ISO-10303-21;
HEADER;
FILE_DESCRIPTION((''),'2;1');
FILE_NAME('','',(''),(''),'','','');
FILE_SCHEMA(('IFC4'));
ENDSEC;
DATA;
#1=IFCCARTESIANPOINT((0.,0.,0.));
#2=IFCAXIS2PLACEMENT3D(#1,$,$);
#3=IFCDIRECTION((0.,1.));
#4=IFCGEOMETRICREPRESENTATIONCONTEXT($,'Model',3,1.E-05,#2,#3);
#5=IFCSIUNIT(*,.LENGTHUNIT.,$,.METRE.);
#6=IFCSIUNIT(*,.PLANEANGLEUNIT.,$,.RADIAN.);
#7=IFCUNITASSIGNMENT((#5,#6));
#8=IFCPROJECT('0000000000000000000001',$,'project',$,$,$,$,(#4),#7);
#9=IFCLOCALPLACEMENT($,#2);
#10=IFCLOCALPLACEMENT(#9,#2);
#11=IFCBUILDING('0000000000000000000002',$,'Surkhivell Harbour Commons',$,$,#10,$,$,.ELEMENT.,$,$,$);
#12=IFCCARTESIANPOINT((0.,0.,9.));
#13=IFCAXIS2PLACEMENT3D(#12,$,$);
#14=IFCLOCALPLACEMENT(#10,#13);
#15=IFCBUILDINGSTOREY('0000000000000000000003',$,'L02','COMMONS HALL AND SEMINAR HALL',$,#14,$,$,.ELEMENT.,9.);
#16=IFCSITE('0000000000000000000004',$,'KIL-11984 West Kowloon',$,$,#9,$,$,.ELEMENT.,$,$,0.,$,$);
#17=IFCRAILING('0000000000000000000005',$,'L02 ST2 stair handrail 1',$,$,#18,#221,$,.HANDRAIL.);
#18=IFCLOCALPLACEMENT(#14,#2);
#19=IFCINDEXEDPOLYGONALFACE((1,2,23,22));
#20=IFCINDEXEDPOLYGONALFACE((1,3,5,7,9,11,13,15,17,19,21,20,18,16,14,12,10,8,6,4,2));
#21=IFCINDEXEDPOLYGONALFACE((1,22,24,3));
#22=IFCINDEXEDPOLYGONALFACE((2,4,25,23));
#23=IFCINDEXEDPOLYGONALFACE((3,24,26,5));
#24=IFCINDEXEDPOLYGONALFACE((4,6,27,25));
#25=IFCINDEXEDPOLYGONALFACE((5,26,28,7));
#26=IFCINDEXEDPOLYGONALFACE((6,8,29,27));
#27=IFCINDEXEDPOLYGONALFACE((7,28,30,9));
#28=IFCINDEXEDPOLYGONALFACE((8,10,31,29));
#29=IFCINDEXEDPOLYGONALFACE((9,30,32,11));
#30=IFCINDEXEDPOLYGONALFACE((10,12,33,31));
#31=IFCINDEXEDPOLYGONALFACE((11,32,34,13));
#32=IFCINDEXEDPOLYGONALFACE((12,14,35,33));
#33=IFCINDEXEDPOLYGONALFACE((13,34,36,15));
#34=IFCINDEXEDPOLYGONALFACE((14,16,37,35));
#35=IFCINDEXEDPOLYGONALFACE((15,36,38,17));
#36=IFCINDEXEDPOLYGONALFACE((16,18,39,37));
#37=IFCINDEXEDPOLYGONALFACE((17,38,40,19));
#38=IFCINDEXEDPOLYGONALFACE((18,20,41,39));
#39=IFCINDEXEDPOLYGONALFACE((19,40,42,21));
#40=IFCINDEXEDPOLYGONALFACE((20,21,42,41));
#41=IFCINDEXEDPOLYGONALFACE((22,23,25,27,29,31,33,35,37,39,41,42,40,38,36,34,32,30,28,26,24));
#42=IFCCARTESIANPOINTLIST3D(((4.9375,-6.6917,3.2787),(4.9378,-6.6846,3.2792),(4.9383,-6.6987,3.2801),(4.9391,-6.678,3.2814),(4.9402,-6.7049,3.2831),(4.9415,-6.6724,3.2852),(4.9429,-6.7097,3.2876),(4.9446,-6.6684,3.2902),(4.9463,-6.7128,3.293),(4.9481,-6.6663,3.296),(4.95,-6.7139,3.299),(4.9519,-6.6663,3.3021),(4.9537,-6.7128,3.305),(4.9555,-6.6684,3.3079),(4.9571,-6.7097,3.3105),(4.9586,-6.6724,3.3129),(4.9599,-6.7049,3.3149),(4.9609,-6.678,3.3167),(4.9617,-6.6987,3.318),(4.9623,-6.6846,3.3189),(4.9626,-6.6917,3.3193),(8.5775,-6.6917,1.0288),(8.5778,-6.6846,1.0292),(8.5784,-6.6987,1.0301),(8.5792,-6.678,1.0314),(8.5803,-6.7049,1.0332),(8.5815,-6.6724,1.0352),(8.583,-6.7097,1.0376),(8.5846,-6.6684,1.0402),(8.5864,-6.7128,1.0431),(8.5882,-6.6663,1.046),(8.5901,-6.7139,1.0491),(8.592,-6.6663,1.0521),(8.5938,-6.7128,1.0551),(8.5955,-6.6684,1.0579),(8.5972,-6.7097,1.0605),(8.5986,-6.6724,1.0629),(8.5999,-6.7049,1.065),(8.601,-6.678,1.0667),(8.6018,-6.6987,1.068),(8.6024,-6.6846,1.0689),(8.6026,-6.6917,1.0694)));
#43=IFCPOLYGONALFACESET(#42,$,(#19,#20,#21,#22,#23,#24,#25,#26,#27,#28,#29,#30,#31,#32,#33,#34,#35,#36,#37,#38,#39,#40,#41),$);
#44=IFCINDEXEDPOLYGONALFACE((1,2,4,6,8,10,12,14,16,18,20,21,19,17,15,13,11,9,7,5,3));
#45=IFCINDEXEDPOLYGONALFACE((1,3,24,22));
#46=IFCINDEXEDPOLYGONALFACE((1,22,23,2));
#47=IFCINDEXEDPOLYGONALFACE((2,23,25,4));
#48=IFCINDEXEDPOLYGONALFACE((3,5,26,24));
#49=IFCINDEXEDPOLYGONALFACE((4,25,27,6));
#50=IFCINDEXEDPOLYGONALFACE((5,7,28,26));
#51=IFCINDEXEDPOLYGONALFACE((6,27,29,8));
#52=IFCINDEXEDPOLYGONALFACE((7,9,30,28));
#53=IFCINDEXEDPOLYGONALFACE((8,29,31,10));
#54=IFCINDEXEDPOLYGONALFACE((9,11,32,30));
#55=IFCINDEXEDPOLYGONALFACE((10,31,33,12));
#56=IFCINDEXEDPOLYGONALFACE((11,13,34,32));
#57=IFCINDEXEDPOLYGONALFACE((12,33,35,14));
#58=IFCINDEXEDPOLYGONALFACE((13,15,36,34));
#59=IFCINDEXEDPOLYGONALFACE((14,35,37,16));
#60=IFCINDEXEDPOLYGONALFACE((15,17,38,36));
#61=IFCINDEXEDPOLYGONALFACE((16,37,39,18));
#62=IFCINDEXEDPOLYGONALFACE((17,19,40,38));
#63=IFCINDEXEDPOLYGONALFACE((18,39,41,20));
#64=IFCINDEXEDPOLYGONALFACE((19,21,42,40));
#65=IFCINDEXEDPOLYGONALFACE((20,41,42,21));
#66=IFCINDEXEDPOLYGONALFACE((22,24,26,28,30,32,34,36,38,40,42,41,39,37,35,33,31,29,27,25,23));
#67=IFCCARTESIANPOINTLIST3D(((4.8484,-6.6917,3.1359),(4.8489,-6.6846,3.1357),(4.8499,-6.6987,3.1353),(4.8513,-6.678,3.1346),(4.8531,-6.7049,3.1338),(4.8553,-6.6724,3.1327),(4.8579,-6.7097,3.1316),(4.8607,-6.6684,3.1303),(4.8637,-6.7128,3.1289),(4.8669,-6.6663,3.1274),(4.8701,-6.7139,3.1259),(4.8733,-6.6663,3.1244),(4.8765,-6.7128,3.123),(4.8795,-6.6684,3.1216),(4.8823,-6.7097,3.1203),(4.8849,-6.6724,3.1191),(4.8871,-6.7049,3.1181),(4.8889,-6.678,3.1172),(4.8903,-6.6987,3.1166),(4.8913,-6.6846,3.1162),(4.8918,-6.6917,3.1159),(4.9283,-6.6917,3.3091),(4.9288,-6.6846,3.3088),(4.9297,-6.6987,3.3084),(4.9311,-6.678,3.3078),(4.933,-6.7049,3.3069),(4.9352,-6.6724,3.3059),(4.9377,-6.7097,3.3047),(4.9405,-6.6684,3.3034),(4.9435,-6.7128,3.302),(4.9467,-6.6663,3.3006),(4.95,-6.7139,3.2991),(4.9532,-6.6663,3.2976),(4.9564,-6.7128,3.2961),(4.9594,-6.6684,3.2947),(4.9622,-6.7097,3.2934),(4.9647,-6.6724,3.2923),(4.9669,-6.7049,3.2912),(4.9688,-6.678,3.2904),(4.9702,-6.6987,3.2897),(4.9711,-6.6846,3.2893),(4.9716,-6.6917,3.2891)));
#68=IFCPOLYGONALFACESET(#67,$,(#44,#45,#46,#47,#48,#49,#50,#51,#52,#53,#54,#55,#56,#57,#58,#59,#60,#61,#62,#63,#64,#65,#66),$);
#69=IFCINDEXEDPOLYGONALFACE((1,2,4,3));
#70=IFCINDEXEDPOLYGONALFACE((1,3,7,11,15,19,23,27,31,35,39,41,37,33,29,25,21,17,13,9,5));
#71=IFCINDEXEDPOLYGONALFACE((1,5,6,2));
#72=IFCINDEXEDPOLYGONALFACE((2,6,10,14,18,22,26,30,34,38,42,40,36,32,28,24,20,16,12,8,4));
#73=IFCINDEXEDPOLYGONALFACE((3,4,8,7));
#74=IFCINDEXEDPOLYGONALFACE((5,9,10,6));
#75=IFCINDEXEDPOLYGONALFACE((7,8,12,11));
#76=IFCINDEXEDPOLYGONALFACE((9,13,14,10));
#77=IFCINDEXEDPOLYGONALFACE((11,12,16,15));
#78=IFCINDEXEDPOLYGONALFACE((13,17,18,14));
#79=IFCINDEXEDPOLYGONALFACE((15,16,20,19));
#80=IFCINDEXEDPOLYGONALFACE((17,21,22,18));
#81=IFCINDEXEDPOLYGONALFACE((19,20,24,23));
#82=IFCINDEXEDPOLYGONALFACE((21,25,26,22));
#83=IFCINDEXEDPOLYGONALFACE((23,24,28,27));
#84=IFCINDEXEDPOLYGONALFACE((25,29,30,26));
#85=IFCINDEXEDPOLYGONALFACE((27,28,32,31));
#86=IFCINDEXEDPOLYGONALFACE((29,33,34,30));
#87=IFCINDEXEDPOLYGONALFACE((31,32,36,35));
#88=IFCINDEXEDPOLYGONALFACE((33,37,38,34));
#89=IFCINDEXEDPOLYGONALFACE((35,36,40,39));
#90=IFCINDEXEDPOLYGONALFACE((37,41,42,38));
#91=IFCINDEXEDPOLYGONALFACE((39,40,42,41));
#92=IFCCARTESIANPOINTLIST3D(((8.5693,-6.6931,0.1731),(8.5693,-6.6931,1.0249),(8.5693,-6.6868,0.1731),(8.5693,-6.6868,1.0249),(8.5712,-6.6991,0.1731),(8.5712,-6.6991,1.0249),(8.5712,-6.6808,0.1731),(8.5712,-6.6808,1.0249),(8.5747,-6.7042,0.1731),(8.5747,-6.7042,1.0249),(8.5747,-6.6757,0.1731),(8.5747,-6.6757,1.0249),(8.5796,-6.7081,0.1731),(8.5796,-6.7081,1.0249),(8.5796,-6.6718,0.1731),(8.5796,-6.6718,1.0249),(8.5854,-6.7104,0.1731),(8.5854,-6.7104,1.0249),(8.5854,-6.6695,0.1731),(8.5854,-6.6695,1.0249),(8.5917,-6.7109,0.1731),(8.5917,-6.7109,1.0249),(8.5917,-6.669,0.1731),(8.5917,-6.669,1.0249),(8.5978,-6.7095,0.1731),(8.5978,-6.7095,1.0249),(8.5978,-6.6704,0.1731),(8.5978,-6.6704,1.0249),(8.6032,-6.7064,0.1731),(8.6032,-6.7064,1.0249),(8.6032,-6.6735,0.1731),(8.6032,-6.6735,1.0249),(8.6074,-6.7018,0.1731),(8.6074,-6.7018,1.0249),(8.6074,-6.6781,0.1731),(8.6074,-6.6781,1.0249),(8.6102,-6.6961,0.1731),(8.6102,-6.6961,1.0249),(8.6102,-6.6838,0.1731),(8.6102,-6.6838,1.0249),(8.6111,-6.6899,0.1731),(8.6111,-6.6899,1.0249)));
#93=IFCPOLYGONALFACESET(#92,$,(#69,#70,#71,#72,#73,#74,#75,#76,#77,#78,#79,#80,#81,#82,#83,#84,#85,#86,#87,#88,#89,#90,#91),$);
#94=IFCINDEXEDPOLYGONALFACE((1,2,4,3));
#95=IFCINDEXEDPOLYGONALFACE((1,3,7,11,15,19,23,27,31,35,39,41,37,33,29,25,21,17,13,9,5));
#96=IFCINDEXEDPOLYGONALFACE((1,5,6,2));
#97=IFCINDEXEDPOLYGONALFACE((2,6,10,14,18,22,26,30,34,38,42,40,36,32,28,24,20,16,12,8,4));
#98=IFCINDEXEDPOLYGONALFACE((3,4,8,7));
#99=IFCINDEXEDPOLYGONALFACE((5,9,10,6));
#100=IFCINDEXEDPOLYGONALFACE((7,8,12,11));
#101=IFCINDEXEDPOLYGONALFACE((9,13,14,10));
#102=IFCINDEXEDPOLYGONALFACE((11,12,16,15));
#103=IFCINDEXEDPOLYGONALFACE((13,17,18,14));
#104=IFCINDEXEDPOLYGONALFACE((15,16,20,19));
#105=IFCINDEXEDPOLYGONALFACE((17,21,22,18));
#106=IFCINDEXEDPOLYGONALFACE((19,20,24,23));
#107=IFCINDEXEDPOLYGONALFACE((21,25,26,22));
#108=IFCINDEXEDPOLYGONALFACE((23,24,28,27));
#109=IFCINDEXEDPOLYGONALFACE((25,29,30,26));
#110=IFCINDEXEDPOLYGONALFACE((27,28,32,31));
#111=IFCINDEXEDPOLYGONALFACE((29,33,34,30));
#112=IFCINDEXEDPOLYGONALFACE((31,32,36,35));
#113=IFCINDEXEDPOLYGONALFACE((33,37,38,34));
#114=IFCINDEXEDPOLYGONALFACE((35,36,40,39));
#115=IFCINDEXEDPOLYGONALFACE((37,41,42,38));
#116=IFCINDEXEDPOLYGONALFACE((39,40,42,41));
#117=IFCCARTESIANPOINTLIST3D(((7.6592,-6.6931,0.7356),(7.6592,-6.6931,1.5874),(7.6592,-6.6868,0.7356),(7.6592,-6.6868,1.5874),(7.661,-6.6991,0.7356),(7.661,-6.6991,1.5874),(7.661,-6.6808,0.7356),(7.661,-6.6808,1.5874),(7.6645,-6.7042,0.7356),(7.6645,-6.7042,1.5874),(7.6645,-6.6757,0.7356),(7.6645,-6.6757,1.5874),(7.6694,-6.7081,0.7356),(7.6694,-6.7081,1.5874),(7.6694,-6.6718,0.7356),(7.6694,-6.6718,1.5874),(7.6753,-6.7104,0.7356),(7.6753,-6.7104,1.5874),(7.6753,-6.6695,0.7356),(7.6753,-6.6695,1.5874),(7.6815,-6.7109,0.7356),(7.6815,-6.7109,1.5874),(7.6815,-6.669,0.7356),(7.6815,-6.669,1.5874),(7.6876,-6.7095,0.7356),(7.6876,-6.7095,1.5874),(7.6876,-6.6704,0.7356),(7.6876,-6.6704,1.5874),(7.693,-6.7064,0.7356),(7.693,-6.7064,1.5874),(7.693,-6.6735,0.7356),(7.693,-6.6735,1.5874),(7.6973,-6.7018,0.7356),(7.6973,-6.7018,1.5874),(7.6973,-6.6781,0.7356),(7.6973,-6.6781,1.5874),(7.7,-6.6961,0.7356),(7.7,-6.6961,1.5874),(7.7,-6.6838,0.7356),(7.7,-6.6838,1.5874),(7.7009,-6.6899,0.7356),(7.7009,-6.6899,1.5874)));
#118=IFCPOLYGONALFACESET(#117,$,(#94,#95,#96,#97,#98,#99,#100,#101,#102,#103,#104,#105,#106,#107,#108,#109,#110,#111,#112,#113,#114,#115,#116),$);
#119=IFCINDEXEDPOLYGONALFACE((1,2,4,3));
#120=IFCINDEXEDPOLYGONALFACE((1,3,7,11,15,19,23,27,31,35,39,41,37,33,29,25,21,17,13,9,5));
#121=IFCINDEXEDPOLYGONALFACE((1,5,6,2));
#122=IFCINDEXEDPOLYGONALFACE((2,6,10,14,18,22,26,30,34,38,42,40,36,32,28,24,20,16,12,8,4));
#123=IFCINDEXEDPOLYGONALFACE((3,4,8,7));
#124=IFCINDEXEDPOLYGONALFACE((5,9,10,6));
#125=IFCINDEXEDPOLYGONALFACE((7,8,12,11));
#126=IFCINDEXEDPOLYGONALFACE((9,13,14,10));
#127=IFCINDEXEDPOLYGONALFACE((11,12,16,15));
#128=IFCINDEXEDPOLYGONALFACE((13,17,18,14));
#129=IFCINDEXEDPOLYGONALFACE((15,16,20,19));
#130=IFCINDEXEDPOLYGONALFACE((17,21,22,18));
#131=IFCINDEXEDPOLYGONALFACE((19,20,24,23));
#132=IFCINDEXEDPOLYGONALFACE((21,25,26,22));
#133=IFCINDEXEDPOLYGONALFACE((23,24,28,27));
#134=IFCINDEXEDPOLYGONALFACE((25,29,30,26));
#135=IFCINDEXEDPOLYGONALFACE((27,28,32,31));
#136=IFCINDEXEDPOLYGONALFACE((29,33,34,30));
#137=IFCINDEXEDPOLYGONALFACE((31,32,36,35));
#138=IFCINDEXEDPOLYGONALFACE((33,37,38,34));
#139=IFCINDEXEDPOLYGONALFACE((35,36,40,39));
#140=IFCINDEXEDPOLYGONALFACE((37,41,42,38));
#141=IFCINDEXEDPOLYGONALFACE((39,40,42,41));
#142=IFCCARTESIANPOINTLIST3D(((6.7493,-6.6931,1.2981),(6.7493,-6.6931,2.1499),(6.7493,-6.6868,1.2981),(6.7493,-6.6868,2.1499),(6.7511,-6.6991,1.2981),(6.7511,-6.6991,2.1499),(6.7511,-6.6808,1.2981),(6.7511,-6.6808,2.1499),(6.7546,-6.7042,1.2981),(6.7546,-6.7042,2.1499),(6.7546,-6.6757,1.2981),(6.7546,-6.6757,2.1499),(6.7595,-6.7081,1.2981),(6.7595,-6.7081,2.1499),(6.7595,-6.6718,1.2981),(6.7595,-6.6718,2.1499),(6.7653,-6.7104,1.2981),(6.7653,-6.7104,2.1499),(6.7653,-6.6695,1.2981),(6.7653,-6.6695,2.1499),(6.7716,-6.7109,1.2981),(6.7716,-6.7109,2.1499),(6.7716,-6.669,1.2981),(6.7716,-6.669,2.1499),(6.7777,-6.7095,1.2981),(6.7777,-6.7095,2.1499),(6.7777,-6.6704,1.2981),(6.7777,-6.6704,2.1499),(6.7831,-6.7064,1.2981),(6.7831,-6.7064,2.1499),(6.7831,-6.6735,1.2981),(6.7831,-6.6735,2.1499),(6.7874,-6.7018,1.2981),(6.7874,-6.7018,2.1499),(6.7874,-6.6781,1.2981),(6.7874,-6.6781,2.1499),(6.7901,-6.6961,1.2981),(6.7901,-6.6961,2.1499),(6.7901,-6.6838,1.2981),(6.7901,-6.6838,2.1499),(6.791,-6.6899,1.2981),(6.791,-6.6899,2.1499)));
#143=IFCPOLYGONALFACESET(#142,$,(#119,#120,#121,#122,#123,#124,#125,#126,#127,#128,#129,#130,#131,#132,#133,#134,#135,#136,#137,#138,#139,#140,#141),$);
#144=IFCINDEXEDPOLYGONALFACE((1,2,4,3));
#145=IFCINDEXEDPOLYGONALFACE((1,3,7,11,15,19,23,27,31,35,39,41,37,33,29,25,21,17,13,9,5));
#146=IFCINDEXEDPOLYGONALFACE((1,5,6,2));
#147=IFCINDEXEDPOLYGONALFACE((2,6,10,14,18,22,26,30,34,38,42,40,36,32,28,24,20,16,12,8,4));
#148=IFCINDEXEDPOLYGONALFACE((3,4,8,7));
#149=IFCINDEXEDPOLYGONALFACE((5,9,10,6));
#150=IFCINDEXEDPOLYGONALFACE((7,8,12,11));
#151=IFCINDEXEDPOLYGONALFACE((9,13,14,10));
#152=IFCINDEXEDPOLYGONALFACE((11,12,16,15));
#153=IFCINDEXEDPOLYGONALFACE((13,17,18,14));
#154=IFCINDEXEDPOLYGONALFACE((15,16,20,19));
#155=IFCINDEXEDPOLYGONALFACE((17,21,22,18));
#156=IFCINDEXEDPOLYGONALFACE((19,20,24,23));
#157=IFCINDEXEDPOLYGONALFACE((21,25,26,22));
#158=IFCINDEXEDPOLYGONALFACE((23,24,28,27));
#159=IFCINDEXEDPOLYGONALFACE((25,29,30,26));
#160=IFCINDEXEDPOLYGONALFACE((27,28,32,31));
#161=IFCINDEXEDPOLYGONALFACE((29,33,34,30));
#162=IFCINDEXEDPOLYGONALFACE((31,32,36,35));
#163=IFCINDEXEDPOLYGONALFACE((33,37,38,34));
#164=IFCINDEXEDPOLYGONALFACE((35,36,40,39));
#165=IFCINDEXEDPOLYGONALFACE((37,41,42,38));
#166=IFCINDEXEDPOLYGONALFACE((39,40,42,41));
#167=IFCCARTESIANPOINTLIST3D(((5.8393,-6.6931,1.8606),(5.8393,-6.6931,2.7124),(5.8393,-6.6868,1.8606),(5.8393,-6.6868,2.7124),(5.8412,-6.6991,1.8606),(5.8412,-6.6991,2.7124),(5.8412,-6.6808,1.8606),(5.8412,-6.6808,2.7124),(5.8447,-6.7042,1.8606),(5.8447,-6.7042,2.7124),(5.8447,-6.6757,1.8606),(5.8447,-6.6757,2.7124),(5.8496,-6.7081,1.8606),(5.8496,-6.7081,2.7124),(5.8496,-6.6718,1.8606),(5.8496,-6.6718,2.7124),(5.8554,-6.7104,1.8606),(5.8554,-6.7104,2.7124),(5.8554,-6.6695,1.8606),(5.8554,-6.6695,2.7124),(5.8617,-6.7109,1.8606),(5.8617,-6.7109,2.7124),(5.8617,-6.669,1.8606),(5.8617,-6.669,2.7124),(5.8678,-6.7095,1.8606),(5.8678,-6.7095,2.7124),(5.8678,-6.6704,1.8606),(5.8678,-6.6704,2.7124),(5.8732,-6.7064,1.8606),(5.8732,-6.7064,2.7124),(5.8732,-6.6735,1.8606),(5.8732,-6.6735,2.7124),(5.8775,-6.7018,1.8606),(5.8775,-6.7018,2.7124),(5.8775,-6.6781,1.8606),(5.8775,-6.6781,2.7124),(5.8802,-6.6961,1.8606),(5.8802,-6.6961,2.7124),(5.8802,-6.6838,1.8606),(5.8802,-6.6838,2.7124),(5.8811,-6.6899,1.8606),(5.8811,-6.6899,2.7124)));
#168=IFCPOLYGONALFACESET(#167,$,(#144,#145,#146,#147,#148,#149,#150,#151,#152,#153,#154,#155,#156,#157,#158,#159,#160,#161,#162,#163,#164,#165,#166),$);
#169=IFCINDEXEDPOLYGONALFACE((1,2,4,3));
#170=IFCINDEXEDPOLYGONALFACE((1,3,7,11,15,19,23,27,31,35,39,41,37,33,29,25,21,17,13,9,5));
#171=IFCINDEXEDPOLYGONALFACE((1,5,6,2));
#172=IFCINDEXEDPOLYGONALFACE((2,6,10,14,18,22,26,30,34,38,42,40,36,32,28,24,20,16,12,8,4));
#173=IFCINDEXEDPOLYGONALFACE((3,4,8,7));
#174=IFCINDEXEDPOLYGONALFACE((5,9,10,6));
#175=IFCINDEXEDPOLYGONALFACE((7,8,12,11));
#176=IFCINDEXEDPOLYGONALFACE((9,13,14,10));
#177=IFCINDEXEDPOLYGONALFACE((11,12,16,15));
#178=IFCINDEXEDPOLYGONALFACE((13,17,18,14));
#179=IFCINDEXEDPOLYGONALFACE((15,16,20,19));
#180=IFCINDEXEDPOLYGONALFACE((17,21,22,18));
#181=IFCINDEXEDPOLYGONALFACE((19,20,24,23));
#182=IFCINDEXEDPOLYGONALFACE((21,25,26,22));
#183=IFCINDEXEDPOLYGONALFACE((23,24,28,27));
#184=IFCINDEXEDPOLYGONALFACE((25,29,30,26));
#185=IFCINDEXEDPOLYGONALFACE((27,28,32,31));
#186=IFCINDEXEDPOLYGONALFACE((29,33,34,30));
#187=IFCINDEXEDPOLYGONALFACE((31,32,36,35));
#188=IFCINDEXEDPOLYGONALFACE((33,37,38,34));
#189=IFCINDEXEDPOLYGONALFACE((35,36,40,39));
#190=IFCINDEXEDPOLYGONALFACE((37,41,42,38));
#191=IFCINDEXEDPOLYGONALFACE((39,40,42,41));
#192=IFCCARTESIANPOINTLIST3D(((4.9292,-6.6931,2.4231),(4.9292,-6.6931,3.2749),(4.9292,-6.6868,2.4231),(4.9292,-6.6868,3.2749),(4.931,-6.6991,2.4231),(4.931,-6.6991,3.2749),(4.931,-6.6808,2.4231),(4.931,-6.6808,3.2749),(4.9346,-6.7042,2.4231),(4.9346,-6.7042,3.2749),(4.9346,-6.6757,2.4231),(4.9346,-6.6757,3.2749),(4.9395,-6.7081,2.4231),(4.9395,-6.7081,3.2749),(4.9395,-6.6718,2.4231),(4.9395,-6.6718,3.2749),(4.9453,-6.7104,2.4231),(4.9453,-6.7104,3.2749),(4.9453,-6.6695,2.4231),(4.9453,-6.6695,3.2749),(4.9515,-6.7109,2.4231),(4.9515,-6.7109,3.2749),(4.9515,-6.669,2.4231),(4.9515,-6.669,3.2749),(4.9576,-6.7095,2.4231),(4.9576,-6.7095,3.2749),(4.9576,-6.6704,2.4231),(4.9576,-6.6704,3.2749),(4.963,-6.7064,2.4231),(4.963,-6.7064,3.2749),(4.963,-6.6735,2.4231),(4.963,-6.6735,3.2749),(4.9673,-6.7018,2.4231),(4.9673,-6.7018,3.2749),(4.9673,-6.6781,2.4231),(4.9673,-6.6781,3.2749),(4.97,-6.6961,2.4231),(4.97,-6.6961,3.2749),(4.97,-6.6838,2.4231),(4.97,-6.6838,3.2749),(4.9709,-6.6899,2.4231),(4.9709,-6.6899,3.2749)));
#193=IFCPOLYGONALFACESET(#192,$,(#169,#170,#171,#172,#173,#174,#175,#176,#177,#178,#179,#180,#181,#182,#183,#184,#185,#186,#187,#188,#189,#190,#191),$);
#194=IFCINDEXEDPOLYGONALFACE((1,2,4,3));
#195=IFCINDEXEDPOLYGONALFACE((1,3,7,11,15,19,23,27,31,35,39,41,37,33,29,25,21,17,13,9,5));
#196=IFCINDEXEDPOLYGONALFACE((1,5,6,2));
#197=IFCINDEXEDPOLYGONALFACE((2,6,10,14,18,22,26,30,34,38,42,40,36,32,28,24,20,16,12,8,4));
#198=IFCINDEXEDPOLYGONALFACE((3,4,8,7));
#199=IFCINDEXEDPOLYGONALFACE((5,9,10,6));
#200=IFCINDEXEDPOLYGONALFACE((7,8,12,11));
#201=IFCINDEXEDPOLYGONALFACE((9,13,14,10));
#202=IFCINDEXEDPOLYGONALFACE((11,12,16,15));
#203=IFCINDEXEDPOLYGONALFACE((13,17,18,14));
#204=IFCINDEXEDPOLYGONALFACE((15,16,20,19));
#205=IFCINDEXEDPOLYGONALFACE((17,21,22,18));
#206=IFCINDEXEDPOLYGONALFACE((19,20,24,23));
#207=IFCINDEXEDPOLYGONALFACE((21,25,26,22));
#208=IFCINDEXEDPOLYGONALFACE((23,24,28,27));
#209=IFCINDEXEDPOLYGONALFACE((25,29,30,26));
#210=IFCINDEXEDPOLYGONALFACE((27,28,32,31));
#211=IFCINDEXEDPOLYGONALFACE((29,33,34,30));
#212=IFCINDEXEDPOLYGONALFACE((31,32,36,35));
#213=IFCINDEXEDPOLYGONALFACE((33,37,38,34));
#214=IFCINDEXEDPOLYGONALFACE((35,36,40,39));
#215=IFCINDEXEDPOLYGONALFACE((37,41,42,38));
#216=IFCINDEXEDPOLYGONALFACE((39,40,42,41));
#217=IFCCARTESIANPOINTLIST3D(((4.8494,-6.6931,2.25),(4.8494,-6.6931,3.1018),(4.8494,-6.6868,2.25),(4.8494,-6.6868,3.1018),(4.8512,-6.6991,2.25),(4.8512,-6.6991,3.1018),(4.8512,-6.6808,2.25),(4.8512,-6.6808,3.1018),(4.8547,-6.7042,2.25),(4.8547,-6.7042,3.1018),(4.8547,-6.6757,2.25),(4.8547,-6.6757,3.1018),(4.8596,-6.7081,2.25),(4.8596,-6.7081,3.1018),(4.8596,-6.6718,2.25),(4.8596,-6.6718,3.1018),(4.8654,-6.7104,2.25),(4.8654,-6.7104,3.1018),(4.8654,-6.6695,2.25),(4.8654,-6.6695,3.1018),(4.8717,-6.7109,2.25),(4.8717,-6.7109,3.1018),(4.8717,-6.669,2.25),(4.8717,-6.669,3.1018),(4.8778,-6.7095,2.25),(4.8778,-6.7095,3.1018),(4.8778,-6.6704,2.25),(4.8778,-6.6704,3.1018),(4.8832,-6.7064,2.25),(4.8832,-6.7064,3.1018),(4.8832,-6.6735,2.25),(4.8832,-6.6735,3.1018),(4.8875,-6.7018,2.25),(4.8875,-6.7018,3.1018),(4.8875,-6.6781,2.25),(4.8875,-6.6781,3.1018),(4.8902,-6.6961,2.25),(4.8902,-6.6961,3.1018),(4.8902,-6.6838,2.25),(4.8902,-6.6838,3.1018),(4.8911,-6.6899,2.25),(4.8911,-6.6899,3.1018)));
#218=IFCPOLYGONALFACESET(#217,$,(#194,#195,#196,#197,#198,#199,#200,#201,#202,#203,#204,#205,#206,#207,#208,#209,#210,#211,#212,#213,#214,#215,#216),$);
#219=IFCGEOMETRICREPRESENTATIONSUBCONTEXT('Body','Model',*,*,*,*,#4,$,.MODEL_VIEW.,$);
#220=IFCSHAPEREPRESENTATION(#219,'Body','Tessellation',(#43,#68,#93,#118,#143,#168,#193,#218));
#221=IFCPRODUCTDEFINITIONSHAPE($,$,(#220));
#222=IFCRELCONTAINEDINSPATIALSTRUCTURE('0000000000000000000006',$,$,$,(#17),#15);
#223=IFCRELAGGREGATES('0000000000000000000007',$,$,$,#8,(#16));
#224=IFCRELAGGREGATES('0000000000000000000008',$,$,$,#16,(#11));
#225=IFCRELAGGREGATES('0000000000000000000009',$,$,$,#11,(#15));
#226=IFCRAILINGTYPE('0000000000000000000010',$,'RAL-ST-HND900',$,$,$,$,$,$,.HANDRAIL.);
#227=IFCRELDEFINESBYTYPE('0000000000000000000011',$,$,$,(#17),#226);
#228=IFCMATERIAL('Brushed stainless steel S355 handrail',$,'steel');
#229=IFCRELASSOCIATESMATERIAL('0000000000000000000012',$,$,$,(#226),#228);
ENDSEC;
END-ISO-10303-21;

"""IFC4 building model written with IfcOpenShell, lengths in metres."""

from ifc_helpers import new_model, si_unit, direction, frame, origin, origin_2d, place, context, subcontext, project, spatial, circle, extrude, material, type_object, element, save


model = new_model("IFC4")

# Units and contexts
model_context = context("Model", 3, precision=1e-05, world=origin(), true_north=direction((0.0, 1.0)))
body_context = subcontext(model_context, "Body", "Model", "MODEL_VIEW")
ifc_project = project(units=[si_unit("LENGTHUNIT", "METRE"), si_unit("PLANEANGLEUNIT", "RADIAN")], contexts=[model_context])

# Site, building, storey
site_placement = place(None, origin())
site = spatial("IfcSite", under=ifc_project, at=site_placement, Name="KIL-11984 West Kowloon", CompositionType="ELEMENT", RefElevation=0.0)
building_placement = place(site_placement, origin())
building = spatial("IfcBuilding", under=site, at=building_placement, Name="Surkhivell Harbour Commons", CompositionType="ELEMENT")
storey_placement = place(building_placement, frame((0.0, 0.0, 9.0)))
storey = spatial("IfcBuildingStorey", under=building, at=storey_placement, Name="L02", Description="COMMONS HALL AND SEMINAR HALL", CompositionType="ELEMENT", Elevation=9.0)

# Railing
ifc_material_1 = material(Name="Brushed stainless steel S355 handrail", Category="steel")
railing_type_1 = type_object("IfcRailingType", Name="RAL-ST-HND900", PredefinedType="HANDRAIL", material=ifc_material_1)
railing_1_placement = place(storey_placement, frame((8.5901, -6.6899, 0.1731)))
element("IfcRailing", 1, at=railing_1_placement, inside=storey, type_object=railing_type_1, Name="L02 ST2 stair handrail 1", PredefinedType="HANDRAIL", context=body_context, shape_type="SweptSolid", body=[
    extrude(circle(Radius=0.0239, at=origin_2d()), frame((0.0, 0.0, 0.876), z_axis=(-0.850622, 0.0, 0.525777), x_axis=(0.0, -1.0, 0.0)), (0.0, 0.0, 1.0), 4.2793),
    extrude(circle(Radius=0.0239, at=origin_2d()), frame((-3.6401, 0.0, 3.126), z_axis=(-0.418815, 0.0, -0.908072), x_axis=(0.0, -1.0, 0.0)), (0.0, 0.0, 1.0), 0.1907),
    extrude(circle(Radius=0.021, at=origin_2d()), origin(), (0.0, 0.0, 1.0), 0.8518),
    extrude(circle(Radius=0.021, at=origin_2d()), frame((-0.9102, 0.0, 0.5625)), (0.0, 0.0, 1.0), 0.8518),
    extrude(circle(Radius=0.021, at=origin_2d()), frame((-1.8201, 0.0, 1.125)), (0.0, 0.0, 1.0), 0.8518),
    extrude(circle(Radius=0.021, at=origin_2d()), frame((-2.73, 0.0, 1.6875)), (0.0, 0.0, 1.0), 0.8518),
    extrude(circle(Radius=0.021, at=origin_2d()), frame((-3.6401, 0.0, 2.25)), (0.0, 0.0, 1.0), 0.8518),
    extrude(circle(Radius=0.021, at=origin_2d()), frame((-3.72, 0.0, 2.0769)), (0.0, 0.0, 1.0), 0.8518),
])

save(model, "model.ifc")
